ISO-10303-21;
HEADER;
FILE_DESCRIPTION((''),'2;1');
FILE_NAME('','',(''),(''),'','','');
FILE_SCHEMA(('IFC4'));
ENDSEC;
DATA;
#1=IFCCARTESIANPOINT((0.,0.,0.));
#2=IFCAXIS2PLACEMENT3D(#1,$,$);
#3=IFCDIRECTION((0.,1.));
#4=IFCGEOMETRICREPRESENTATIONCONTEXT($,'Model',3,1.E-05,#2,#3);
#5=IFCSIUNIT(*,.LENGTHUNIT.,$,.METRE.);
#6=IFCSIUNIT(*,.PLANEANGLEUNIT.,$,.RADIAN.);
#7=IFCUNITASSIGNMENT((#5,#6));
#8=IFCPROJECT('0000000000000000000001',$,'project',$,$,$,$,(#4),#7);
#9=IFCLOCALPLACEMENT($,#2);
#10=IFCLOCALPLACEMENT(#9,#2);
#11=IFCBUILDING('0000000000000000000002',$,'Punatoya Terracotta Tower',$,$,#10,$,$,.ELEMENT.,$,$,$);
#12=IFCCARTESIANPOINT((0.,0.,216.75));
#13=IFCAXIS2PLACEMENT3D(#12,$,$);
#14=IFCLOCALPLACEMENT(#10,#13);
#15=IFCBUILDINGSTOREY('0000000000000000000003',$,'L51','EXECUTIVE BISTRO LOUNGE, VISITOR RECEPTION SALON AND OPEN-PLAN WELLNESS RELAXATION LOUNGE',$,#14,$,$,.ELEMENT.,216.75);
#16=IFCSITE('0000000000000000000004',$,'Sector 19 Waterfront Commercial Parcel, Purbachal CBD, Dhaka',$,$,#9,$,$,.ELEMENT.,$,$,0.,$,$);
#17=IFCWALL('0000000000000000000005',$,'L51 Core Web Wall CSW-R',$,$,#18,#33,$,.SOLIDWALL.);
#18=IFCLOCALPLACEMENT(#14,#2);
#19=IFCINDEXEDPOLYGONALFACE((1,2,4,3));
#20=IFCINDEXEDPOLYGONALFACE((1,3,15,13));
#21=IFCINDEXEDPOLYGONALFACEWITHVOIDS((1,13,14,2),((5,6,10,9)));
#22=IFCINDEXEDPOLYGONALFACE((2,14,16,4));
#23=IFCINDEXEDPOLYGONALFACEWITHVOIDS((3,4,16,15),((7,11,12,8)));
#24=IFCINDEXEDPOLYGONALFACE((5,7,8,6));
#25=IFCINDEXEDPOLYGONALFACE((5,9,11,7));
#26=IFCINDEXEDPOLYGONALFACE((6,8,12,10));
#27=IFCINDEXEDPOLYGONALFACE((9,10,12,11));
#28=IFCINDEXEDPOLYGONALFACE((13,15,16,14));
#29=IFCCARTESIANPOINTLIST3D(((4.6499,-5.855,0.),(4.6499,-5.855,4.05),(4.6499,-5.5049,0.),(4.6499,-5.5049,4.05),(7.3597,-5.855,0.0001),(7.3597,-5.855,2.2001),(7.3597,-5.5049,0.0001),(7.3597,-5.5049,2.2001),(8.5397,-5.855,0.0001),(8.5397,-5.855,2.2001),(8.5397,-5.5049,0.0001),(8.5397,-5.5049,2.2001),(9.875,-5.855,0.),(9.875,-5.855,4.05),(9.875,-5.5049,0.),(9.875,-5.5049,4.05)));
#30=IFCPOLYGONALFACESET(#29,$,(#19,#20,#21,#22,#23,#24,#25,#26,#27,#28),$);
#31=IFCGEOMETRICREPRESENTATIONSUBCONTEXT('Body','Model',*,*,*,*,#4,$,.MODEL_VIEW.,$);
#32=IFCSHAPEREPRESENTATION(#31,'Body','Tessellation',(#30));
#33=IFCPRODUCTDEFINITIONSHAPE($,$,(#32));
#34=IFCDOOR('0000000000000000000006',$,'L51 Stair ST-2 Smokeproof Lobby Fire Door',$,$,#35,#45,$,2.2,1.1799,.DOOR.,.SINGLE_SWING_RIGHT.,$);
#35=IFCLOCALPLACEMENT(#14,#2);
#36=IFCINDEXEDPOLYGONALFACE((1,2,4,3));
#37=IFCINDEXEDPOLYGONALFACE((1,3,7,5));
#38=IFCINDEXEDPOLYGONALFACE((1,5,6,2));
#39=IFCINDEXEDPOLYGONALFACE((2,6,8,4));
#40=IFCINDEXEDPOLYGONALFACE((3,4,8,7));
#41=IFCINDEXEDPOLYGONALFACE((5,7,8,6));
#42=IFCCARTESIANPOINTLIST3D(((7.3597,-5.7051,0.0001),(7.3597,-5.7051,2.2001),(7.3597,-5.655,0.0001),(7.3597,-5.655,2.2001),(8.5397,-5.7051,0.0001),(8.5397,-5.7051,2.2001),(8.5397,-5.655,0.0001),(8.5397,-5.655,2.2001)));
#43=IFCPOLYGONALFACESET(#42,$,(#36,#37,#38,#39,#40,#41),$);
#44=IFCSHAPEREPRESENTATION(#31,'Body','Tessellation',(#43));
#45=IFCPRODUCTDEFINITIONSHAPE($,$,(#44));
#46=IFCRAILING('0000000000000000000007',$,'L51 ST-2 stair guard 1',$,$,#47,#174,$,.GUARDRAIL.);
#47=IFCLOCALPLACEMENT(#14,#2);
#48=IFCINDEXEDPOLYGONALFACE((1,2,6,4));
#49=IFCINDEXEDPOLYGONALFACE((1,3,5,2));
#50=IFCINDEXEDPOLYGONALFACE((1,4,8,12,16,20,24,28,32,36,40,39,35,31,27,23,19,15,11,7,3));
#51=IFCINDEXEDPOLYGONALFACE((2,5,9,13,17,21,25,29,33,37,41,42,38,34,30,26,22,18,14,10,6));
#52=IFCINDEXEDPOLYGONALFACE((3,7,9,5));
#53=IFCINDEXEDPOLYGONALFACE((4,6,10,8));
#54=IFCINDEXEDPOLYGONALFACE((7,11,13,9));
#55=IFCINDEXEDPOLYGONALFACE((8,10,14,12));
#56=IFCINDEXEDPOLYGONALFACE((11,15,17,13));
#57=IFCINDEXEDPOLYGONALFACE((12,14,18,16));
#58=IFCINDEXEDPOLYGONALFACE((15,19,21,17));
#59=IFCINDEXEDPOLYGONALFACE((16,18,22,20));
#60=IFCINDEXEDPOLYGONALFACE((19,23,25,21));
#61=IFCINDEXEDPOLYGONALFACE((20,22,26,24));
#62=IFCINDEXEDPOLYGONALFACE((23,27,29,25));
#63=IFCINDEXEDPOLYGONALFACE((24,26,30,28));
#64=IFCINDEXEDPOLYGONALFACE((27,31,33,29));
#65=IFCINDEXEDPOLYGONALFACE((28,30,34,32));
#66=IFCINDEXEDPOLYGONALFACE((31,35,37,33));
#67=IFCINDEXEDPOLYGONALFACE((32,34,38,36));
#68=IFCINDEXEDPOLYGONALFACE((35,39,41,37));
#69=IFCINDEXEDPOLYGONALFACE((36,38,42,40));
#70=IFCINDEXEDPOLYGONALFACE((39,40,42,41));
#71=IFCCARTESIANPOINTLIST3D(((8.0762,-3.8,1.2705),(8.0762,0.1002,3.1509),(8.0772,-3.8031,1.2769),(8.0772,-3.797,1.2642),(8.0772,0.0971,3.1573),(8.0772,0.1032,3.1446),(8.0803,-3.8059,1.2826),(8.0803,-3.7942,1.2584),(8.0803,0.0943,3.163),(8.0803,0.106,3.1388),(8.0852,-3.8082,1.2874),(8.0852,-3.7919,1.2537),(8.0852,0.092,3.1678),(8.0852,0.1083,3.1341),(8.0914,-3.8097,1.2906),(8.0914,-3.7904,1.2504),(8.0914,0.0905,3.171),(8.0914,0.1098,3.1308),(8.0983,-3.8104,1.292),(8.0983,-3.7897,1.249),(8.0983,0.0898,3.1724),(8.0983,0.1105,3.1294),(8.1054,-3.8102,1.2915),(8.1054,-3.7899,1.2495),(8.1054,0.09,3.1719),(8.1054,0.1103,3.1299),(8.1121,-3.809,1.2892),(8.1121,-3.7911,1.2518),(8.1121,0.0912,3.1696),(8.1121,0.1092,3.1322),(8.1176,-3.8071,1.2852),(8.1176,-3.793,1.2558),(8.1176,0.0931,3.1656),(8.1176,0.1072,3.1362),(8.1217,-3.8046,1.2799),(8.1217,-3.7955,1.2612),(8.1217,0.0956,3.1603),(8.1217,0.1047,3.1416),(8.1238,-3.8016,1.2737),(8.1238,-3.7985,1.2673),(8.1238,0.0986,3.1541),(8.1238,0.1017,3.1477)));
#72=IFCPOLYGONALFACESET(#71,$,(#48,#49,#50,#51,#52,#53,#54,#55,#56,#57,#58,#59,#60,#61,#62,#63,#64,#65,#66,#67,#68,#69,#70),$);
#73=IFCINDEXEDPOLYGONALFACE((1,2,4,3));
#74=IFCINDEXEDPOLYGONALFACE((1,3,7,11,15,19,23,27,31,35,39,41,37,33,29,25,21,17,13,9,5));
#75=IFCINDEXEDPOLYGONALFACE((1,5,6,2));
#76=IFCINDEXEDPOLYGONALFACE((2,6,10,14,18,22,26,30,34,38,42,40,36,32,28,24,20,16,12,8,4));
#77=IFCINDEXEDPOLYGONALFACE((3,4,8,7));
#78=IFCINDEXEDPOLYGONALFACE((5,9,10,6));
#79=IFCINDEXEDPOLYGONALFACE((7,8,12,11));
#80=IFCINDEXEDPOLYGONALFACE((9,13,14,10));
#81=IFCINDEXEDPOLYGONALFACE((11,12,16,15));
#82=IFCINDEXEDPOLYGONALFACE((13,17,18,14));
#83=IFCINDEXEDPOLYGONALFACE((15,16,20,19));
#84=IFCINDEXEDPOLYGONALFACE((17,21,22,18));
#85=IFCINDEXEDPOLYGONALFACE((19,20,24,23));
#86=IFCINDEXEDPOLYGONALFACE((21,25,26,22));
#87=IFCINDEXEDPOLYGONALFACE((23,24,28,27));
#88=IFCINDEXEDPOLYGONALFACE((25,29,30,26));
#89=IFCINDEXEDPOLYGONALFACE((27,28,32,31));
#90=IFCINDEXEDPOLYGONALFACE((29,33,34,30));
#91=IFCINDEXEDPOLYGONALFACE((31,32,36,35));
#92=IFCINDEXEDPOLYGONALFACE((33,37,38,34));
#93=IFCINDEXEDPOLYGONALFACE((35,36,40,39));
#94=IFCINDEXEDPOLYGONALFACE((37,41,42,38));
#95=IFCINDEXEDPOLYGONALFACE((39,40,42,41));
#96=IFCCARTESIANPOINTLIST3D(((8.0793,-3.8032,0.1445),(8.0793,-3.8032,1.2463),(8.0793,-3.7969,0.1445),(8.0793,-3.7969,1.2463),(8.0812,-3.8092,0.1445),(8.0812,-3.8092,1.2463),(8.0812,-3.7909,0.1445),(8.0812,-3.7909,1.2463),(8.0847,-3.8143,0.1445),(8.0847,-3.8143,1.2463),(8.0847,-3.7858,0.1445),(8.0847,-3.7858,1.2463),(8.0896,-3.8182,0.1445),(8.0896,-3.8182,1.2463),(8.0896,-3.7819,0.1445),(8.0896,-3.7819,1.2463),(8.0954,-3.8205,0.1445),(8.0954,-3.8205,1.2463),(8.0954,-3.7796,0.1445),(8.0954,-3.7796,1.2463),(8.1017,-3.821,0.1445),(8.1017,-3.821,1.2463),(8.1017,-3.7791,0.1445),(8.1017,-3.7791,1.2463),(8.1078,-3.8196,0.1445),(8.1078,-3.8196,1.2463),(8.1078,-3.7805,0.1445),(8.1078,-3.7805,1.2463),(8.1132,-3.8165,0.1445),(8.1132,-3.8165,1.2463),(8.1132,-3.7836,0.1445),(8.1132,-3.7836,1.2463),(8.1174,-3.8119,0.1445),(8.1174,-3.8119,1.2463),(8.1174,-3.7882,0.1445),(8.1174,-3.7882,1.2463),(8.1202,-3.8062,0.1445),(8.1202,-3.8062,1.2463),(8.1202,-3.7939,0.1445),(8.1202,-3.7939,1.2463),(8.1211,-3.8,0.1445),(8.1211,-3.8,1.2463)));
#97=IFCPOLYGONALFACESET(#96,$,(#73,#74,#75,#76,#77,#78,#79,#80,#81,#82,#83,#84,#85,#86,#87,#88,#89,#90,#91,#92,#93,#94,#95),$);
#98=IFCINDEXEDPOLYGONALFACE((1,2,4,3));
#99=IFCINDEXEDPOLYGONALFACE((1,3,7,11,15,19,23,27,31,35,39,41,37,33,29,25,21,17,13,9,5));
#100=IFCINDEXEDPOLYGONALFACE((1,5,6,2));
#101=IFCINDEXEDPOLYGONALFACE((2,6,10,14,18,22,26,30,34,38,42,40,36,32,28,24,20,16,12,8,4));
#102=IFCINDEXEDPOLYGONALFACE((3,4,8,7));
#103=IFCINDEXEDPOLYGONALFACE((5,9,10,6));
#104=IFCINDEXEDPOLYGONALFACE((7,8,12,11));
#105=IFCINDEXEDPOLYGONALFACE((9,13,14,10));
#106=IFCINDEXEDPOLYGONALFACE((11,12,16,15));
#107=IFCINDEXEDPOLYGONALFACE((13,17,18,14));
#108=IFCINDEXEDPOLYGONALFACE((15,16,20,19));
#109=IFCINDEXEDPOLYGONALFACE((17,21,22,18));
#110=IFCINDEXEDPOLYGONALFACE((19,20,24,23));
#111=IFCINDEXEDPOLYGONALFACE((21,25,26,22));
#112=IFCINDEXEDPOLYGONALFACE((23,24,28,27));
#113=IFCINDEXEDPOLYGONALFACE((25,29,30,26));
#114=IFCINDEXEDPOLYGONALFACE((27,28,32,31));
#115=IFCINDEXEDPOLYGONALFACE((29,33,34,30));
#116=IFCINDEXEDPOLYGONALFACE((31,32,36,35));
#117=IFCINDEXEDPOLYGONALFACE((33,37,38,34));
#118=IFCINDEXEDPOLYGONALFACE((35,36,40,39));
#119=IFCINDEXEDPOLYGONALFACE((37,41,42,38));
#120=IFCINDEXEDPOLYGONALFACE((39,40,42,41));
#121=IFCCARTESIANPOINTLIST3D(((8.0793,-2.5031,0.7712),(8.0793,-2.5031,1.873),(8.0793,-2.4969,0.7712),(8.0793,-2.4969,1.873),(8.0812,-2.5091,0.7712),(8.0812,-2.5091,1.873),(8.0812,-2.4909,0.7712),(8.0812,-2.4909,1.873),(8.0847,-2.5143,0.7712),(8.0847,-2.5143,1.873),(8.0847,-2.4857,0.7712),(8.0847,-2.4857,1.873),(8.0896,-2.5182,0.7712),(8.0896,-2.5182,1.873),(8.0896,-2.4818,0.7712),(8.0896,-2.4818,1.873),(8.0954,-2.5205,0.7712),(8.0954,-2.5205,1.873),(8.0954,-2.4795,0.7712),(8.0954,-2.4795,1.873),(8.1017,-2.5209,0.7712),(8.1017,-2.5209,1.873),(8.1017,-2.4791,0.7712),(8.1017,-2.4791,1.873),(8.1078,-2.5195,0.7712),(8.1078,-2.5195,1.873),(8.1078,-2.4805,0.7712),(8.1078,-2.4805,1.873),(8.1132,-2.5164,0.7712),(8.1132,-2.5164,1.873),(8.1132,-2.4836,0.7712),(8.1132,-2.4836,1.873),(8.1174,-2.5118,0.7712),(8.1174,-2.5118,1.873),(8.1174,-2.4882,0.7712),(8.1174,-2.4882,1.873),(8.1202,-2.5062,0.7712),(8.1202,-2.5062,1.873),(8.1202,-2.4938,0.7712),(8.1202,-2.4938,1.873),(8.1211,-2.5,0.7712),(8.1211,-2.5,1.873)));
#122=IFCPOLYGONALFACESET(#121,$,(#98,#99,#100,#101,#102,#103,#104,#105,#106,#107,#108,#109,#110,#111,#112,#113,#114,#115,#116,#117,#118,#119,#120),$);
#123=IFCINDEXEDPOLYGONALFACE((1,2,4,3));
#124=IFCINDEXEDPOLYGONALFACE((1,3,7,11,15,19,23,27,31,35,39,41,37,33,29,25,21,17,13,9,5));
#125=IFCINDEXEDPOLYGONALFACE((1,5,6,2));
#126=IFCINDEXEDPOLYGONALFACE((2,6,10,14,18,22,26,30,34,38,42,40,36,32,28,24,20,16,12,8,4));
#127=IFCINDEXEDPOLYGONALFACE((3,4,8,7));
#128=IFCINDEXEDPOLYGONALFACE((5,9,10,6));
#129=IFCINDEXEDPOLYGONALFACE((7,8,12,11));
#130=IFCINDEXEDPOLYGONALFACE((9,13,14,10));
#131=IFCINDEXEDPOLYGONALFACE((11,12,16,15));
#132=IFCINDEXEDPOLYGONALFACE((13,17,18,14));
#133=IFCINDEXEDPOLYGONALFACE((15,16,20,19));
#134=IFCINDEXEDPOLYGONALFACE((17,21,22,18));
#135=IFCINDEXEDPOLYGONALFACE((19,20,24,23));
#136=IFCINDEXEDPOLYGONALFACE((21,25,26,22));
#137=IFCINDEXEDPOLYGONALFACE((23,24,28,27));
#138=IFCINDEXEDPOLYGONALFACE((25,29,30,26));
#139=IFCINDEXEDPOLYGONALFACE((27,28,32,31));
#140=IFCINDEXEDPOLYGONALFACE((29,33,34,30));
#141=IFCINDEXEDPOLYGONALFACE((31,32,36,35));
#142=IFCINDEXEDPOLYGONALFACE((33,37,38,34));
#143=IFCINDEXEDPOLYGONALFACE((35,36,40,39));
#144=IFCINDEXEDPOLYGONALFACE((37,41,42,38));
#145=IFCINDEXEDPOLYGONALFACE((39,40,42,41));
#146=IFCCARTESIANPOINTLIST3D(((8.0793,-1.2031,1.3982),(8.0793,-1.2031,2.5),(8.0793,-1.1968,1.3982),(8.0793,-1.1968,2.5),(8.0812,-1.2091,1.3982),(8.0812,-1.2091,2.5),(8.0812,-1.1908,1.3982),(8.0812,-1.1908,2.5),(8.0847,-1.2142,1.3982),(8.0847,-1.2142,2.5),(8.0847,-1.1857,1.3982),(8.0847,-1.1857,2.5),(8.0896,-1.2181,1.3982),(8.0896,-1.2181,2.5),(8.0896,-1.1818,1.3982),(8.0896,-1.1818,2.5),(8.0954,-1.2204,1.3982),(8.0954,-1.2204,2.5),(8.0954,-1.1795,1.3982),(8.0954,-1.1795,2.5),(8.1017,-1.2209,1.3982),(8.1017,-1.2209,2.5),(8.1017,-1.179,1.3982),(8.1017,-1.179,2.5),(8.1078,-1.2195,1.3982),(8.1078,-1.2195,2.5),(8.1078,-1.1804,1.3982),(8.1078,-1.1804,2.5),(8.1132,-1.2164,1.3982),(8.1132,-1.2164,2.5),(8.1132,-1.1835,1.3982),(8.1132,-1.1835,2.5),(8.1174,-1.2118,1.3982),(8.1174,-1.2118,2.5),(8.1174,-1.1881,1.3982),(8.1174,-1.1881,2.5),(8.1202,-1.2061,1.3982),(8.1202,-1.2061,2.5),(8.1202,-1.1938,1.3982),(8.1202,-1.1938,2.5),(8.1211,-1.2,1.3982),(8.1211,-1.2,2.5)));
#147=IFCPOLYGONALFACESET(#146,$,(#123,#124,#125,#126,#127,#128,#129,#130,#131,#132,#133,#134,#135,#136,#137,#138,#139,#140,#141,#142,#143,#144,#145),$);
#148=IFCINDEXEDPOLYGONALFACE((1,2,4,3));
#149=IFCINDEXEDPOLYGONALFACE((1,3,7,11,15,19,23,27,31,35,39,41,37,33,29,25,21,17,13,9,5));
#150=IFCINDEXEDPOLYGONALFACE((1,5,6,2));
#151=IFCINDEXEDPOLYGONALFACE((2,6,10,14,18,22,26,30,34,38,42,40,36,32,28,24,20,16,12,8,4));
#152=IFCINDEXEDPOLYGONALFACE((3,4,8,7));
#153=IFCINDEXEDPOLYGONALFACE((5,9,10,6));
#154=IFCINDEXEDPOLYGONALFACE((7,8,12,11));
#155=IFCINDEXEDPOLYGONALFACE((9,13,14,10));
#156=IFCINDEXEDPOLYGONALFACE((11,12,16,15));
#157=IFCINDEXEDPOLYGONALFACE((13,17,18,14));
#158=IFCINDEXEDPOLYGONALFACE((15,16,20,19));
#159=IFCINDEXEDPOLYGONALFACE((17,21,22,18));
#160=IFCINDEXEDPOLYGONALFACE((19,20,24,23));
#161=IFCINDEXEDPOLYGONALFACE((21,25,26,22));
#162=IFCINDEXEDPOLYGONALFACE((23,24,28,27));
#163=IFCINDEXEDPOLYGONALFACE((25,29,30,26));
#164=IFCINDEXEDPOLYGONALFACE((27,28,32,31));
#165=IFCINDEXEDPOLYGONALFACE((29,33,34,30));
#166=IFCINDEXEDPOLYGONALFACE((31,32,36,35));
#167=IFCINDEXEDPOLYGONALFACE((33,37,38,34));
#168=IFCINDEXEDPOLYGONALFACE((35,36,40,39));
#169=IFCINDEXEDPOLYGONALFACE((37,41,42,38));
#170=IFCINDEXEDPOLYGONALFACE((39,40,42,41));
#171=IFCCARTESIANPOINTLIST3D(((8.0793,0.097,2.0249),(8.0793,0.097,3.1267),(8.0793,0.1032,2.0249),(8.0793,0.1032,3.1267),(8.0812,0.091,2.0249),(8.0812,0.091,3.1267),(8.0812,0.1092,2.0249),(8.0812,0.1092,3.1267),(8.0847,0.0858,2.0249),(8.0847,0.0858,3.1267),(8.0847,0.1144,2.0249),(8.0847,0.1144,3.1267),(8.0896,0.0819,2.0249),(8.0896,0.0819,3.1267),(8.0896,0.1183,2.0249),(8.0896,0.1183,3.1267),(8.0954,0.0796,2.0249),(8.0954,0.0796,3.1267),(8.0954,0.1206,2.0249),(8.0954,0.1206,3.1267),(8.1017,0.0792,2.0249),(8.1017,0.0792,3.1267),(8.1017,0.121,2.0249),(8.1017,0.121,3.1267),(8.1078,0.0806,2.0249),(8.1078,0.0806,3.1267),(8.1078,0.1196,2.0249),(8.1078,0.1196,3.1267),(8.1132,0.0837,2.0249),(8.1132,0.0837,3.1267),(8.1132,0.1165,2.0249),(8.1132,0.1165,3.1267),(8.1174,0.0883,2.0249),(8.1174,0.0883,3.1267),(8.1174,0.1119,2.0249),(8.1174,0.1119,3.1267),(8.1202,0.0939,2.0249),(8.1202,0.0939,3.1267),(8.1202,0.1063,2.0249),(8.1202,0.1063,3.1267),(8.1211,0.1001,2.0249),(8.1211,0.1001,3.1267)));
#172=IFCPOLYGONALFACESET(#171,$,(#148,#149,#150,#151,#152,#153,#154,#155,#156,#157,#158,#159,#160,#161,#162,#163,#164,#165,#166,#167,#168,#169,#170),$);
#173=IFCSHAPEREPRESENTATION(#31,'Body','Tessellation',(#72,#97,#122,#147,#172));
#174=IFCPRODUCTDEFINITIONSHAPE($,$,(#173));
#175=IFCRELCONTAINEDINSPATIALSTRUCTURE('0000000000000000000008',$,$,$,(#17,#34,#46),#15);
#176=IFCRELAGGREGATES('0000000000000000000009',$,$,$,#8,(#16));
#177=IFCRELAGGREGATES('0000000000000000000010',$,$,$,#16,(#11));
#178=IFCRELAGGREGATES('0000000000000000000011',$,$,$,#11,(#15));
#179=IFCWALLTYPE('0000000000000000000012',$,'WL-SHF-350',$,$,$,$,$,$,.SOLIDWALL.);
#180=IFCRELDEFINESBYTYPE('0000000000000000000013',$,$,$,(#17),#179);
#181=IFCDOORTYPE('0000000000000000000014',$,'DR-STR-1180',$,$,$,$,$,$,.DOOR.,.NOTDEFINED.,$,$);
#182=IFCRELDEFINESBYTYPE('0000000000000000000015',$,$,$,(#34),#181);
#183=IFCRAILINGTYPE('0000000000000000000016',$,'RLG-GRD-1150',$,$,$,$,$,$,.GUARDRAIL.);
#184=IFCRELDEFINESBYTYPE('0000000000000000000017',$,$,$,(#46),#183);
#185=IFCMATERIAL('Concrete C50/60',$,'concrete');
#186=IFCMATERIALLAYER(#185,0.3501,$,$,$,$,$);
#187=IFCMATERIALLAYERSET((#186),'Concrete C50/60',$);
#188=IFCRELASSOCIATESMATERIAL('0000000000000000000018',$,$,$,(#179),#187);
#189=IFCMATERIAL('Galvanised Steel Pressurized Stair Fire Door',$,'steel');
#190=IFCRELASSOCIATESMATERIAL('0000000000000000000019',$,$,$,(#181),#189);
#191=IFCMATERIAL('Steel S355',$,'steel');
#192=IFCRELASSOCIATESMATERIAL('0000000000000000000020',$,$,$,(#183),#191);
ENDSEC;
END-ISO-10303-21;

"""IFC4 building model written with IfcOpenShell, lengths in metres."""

from ifc_helpers import new_model, si_unit, direction, frame, frame_2d, origin, origin_2d, place, context, subcontext, project, spatial, rectangle, circle, extrude, material, layer, layer_set, type_object, element, fill, save


model = new_model("IFC4")

# Units and contexts
model_context = context("Model", 3, precision=1e-05, world=origin(), true_north=direction((0.0, 1.0)))
body_context = subcontext(model_context, "Body", "Model", "MODEL_VIEW")
ifc_project = project(units=[si_unit("LENGTHUNIT", "METRE"), si_unit("PLANEANGLEUNIT", "RADIAN")], contexts=[model_context])

# Site, building, storey
site_placement = place(None, origin())
site = spatial("IfcSite", under=ifc_project, at=site_placement, Name="Sector 19 Waterfront Commercial Parcel, Purbachal CBD, Dhaka", CompositionType="ELEMENT", RefElevation=0.0)
building_placement = place(site_placement, origin())
building = spatial("IfcBuilding", under=site, at=building_placement, Name="Punatoya Terracotta Tower", CompositionType="ELEMENT")
storey_placement = place(building_placement, frame((0.0, 0.0, 216.75)))
storey = spatial("IfcBuildingStorey", under=building, at=storey_placement, Name="L51", Description="EXECUTIVE BISTRO LOUNGE, VISITOR RECEPTION SALON AND OPEN-PLAN WELLNESS RELAXATION LOUNGE", CompositionType="ELEMENT", Elevation=216.75)

# Wall, opening, door
ifc_material_1 = material(Name="Concrete C50/60", Category="concrete")
ifc_layer_1 = layer(ifc_material_1, 0.3501)
ifc_layer_set_1 = layer_set([ifc_layer_1], Name="Concrete C50/60")
wall_type_1 = type_object("IfcWallType", Name="WL-SHF-350", PredefinedType="SOLIDWALL", material=ifc_layer_set_1)
wall_1_placement = place(storey_placement, frame((4.6499, -5.6799, 0.0), z_axis=(0.0, 0.0, 1.0), x_axis=(1.0, 0.0, 0.0)))
wall_1 = element("IfcWall", 1, at=wall_1_placement, inside=storey, type_object=wall_type_1, Name="L51 Core Web Wall CSW-R", PredefinedType="SOLIDWALL", context=body_context, shape_type="SweptSolid", body=[
    extrude(rectangle(XDim=5.2251, YDim=0.3501, at=frame_2d((2.6125, 0.0))), origin(), (0.0, 0.0, 1.0), 4.05),
])
opening_1_placement = place(wall_1_placement, frame((2.71, 0.0, 0.0)))
opening_1 = element("IfcOpeningElement", 2, at=opening_1_placement, cuts=wall_1, PredefinedType="OPENING", context=body_context, shape_type="SweptSolid", body=[
    extrude(rectangle(XDim=1.1799, YDim=2.2, at=frame_2d((0.5898, 1.1001))), frame((0.0, 0.1851, 0.0), z_axis=(0.0, -1.0, 0.0), x_axis=(1.0, 0.0, 0.0)), (0.0, 0.0, 1.0), 0.3701),
])
ifc_material_2 = material(Name="Galvanised Steel Pressurized Stair Fire Door", Category="steel")
door_type_1 = type_object("IfcDoorType", Name="DR-STR-1180", OperationType="NOTDEFINED", PredefinedType="DOOR", material=ifc_material_2)
door_1_placement = place(opening_1_placement, origin())
door_1 = element("IfcDoor", 3, at=door_1_placement, inside=storey, type_object=door_type_1, Name="L51 Stair ST-2 Smokeproof Lobby Fire Door", OperationType="SINGLE_SWING_RIGHT", OverallHeight=2.2, OverallWidth=1.1799, PredefinedType="DOOR", context=body_context, shape_type="SweptSolid", body=[
    extrude(rectangle(XDim=1.1799, YDim=2.2, at=frame_2d((0.5898, 1.1001))), frame((0.0, 0.0249, 0.0), z_axis=(0.0, -1.0, 0.0), x_axis=(1.0, 0.0, 0.0)), (0.0, 0.0, 1.0), 0.05),
])
fill(opening_1, door_1)

# Railing
ifc_material_3 = material(Name="Steel S355", Category="steel")
railing_type = type_object("IfcRailingType", Name="RLG-GRD-1150", PredefinedType="GUARDRAIL", material=ifc_material_3)
railing_1_placement = place(storey_placement, frame((8.1001, -3.8, 0.1445)))
element("IfcRailing", 4, at=railing_1_placement, inside=storey, type_object=railing_type, Name="L51 ST-2 stair guard 1", PredefinedType="GUARDRAIL", context=body_context, shape_type="SweptSolid", body=[
    extrude(circle(Radius=0.0239, at=origin_2d()), frame((0.0, 0.0, 1.126), z_axis=(0.0, 0.900774, 0.434289), x_axis=(-1.0, 0.0, 0.0)), (0.0, 0.0, 1.0), 4.3298),
    extrude(circle(Radius=0.021, at=origin_2d()), origin(), (0.0, 0.0, 1.0), 1.1018),
    extrude(circle(Radius=0.021, at=origin_2d()), frame((0.0, 1.3, 0.6267)), (0.0, 0.0, 1.0), 1.1018),
    extrude(circle(Radius=0.021, at=origin_2d()), frame((0.0, 2.6001, 1.2537)), (0.0, 0.0, 1.0), 1.1018),
    extrude(circle(Radius=0.021, at=origin_2d()), frame((0.0, 3.9001, 1.8804)), (0.0, 0.0, 1.0), 1.1018),
])

save(model, "model.ifc")
